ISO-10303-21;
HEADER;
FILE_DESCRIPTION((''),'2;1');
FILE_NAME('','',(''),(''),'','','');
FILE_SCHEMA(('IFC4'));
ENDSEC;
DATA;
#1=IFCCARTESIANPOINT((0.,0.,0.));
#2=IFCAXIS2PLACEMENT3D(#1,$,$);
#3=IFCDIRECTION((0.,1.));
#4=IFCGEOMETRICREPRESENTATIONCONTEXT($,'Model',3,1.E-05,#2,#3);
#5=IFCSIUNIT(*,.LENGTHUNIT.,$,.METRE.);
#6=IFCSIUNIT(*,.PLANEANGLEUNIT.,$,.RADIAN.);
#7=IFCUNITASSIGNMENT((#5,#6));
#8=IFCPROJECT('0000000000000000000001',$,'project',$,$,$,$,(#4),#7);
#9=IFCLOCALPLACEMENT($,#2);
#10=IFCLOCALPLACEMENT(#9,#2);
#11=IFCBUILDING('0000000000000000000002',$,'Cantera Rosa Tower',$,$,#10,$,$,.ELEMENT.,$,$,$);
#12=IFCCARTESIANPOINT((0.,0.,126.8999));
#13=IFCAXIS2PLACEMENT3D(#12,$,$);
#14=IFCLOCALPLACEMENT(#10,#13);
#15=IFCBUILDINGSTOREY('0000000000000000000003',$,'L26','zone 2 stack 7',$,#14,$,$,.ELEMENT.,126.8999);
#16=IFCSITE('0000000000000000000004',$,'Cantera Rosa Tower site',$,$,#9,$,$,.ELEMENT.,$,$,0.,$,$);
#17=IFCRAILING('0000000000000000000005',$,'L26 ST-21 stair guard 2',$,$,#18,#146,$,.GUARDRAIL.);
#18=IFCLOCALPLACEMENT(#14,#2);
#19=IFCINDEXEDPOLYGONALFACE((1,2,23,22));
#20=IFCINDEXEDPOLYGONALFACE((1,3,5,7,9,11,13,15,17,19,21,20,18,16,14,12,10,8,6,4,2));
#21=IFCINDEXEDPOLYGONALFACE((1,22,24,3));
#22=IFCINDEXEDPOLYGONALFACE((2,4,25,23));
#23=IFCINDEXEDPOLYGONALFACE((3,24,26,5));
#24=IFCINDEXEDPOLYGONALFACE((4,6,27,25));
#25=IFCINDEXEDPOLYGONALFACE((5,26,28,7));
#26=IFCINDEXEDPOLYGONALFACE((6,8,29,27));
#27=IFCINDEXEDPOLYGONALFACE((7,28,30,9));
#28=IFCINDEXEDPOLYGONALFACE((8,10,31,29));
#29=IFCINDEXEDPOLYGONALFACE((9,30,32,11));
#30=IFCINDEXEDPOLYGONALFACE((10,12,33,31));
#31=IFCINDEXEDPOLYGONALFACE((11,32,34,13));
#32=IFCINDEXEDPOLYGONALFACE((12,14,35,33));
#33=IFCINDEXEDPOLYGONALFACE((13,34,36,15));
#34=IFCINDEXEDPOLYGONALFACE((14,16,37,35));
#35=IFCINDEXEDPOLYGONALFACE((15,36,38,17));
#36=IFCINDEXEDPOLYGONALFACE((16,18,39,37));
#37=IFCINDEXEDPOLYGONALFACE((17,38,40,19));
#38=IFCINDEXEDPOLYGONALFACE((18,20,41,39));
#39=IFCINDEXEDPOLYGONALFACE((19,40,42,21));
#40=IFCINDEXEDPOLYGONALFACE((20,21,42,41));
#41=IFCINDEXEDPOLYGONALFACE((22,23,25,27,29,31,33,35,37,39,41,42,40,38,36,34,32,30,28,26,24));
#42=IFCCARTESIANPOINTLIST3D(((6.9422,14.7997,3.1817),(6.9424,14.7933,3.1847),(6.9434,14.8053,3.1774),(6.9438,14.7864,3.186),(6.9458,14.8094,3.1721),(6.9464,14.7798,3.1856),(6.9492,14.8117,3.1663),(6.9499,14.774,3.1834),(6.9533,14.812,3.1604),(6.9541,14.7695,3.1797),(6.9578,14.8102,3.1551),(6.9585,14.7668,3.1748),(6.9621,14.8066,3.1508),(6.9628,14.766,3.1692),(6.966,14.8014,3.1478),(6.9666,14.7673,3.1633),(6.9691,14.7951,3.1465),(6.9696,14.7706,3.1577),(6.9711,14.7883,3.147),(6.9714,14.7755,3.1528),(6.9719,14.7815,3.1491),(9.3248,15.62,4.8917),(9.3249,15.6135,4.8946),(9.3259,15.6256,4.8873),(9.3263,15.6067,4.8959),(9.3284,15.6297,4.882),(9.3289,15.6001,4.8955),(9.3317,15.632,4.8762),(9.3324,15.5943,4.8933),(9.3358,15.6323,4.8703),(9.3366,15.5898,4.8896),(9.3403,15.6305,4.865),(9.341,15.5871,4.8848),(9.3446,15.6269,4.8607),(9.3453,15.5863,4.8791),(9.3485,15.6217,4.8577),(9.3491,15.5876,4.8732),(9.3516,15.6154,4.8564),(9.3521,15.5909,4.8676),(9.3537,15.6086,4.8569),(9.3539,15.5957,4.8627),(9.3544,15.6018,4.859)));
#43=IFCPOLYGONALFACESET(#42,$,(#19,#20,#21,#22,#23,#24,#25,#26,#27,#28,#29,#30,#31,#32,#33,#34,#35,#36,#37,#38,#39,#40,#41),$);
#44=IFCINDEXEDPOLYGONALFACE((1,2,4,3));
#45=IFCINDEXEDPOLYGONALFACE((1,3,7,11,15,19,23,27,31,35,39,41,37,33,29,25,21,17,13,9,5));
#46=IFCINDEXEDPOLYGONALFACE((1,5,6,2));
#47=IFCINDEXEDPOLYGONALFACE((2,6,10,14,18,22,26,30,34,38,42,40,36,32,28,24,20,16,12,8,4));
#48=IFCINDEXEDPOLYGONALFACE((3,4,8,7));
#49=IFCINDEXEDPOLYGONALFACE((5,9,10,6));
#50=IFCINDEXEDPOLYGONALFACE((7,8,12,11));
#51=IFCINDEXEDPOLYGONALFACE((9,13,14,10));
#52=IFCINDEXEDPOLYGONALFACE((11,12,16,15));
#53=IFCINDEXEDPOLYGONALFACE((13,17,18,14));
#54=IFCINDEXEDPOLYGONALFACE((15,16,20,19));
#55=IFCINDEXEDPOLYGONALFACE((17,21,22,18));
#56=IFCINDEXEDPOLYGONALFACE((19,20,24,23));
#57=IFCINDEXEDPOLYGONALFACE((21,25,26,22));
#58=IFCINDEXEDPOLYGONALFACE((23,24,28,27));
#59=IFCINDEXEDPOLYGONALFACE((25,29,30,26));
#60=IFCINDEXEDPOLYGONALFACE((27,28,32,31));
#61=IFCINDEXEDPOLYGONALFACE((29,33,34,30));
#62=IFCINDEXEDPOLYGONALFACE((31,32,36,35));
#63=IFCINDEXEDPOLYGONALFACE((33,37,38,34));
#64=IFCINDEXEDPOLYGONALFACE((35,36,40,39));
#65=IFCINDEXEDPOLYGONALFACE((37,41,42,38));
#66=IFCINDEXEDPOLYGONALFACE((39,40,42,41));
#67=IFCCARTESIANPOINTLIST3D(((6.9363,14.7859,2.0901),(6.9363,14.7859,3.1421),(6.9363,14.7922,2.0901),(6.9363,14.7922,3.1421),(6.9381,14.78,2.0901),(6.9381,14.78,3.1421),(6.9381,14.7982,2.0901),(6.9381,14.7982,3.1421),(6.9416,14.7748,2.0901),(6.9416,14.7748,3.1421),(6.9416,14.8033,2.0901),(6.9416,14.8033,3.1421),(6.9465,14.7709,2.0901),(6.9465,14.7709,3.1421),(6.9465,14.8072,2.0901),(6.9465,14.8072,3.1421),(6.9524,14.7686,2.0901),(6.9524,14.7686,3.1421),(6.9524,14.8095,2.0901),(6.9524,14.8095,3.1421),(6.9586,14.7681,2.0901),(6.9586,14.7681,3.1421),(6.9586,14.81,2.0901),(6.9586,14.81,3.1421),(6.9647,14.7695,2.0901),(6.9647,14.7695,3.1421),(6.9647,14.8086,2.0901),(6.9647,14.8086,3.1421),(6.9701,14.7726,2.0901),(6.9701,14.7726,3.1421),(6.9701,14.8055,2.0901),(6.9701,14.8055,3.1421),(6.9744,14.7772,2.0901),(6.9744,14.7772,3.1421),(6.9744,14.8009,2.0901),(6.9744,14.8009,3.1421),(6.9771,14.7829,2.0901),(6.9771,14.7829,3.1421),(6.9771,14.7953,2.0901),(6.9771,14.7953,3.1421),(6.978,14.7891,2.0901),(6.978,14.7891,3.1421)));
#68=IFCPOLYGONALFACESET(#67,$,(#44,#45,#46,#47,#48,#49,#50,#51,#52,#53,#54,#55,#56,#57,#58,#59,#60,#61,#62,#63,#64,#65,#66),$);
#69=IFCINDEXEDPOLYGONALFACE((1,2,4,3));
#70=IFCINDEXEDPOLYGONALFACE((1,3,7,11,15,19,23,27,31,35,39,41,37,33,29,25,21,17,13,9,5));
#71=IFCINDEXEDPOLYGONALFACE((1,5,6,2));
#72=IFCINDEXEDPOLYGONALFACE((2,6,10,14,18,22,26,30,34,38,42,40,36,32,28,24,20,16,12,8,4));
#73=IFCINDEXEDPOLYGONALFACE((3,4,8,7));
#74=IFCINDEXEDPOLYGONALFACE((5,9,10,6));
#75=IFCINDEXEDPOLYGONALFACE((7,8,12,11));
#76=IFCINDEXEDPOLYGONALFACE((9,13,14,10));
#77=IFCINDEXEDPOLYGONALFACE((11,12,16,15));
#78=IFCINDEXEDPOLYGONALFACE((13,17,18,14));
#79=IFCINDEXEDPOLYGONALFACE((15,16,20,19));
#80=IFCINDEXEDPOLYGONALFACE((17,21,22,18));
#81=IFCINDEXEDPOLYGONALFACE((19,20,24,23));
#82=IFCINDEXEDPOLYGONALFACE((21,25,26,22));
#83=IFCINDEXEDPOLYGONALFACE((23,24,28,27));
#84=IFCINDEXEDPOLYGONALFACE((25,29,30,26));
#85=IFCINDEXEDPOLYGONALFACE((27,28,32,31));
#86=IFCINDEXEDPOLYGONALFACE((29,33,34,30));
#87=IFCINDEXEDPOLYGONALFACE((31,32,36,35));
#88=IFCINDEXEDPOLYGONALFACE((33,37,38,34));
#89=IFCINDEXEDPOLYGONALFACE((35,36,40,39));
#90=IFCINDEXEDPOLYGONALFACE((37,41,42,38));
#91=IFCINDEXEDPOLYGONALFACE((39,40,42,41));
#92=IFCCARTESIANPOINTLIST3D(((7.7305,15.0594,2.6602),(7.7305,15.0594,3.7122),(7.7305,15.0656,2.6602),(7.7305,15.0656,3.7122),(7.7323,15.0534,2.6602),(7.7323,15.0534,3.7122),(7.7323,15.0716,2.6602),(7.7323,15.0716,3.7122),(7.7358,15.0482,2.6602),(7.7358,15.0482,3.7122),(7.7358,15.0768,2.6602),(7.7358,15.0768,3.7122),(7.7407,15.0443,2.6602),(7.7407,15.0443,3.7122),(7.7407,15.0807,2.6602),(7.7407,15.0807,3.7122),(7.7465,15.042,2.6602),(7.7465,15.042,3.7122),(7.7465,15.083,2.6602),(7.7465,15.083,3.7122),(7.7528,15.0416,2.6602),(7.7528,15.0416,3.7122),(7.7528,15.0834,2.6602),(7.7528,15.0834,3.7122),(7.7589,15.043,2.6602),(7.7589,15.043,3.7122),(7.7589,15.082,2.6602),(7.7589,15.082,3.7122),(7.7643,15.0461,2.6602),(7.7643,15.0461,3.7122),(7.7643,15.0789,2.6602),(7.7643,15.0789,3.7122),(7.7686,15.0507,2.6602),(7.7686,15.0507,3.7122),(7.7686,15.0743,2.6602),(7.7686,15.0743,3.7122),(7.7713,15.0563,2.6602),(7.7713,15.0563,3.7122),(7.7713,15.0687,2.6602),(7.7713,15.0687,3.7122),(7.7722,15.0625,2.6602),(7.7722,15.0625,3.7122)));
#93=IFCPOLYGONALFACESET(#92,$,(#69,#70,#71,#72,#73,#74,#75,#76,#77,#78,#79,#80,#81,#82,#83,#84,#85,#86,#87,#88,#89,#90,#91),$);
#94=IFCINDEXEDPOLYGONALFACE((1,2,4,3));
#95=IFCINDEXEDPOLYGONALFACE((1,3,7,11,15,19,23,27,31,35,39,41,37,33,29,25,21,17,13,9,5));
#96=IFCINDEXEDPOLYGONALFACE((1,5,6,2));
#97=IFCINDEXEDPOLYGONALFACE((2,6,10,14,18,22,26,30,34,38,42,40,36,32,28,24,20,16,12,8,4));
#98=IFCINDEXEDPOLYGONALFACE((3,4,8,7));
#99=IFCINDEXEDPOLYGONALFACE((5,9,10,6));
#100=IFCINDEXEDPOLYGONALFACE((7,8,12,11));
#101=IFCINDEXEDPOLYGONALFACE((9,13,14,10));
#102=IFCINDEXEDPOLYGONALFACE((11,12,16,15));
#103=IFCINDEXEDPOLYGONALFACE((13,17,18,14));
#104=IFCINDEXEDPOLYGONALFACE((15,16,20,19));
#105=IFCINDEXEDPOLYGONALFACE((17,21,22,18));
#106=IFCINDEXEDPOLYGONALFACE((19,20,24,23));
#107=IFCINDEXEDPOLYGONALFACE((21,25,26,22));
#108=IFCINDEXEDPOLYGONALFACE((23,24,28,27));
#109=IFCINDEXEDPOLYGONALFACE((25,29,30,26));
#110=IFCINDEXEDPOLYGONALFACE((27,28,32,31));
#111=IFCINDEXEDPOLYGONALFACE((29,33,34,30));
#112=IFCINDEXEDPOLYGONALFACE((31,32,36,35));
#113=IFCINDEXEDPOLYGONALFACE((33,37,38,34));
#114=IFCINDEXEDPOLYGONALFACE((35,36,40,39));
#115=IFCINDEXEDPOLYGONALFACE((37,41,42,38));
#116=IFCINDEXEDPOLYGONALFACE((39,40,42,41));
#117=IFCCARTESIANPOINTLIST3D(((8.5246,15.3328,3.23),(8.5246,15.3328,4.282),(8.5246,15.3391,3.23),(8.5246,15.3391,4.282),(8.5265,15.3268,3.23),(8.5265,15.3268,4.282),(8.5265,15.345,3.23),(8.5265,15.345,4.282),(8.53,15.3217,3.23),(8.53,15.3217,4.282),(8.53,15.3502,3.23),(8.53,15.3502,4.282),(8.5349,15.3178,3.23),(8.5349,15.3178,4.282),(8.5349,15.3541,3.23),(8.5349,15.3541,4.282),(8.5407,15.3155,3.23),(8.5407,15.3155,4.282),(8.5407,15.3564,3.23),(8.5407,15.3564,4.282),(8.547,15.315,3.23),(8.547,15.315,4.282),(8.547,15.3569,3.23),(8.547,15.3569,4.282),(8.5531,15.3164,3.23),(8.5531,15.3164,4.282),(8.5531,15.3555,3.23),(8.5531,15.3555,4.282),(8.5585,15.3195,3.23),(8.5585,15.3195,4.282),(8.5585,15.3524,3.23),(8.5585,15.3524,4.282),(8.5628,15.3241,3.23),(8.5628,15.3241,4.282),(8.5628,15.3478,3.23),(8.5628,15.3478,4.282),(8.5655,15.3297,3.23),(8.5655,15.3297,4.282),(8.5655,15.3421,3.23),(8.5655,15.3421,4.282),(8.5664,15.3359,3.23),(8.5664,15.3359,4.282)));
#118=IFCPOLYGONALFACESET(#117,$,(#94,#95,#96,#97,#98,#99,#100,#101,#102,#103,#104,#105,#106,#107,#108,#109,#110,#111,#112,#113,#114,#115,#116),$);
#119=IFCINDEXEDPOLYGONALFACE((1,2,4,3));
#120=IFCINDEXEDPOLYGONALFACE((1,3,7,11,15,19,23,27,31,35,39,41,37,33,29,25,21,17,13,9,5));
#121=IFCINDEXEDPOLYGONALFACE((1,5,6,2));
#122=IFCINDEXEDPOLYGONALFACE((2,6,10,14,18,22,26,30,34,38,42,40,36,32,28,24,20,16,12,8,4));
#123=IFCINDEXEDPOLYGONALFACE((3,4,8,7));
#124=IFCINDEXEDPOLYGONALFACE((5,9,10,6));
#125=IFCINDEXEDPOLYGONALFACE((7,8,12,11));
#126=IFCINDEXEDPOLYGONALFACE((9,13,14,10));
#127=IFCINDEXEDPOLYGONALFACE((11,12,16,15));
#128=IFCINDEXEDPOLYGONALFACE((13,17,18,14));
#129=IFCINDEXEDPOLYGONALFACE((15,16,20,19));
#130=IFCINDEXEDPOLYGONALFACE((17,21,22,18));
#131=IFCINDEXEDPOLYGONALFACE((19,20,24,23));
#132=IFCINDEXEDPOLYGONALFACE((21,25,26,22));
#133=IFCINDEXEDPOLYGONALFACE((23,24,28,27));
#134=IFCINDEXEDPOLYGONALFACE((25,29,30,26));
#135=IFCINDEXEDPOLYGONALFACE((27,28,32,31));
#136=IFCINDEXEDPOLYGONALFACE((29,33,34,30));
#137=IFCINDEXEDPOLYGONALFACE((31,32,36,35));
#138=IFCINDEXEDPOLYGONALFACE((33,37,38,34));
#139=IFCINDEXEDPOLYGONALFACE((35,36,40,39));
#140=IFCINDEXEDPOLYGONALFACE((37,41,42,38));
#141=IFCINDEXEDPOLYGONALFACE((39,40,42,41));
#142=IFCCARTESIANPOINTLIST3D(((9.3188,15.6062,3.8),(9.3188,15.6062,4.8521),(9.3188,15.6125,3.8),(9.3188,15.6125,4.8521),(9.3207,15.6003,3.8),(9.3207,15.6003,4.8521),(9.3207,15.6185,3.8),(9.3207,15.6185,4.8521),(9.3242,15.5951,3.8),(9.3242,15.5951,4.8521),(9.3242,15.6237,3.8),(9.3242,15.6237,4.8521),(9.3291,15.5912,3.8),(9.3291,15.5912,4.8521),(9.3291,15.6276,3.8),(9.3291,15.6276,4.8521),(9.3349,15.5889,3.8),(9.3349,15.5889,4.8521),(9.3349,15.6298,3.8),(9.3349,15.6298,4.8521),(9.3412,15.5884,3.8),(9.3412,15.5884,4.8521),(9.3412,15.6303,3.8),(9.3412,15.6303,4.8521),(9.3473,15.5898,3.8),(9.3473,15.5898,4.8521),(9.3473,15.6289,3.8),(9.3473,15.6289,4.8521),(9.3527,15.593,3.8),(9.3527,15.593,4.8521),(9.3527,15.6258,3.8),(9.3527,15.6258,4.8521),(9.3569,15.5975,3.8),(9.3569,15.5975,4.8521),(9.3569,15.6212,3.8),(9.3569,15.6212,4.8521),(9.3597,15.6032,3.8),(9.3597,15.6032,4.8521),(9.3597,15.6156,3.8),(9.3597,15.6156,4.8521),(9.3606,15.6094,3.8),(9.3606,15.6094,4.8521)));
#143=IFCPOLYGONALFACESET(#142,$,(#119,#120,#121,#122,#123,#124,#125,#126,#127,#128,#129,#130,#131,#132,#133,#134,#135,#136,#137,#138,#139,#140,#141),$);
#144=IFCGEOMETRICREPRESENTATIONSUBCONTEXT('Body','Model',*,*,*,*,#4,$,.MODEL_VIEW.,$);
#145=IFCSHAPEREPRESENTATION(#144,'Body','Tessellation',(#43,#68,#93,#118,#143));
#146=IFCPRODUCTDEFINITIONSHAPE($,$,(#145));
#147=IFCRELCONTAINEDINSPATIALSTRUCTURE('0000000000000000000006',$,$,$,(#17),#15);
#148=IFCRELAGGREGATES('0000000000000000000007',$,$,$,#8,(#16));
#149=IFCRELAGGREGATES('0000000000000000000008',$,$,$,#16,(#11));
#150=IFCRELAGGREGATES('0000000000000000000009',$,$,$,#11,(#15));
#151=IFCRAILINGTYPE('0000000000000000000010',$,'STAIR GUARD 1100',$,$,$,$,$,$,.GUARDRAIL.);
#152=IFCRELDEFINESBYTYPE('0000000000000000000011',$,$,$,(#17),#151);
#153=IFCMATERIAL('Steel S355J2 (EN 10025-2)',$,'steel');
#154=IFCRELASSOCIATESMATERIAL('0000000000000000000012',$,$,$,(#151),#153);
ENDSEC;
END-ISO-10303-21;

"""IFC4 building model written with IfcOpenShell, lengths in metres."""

from ifc_helpers import new_model, si_unit, direction, frame, origin, origin_2d, place, context, subcontext, project, spatial, circle, extrude, material, type_object, element, save


model = new_model("IFC4")

# Units and contexts
model_context = context("Model", 3, precision=1e-05, world=origin(), true_north=direction((0.0, 1.0)))
body_context = subcontext(model_context, "Body", "Model", "MODEL_VIEW")
ifc_project = project(units=[si_unit("LENGTHUNIT", "METRE"), si_unit("PLANEANGLEUNIT", "RADIAN")], contexts=[model_context])

# Site, building, storey
site_placement = place(None, origin())
site = spatial("IfcSite", under=ifc_project, at=site_placement, Name="Cantera Rosa Tower site", CompositionType="ELEMENT", RefElevation=0.0)
building_placement = place(site_placement, origin())
building = spatial("IfcBuilding", under=site, at=building_placement, Name="Cantera Rosa Tower", CompositionType="ELEMENT")
storey_placement = place(building_placement, frame((0.0, 0.0, 126.8999)))
storey = spatial("IfcBuildingStorey", under=building, at=storey_placement, Name="L26", Description="zone 2 stack 7", CompositionType="ELEMENT", Elevation=126.8999)

# Railing
ifc_material_1 = material(Name="Steel S355J2 (EN 10025-2)", Category="steel")
railing_type_1 = type_object("IfcRailingType", Name="STAIR GUARD 1100", PredefinedType="GUARDRAIL", material=ifc_material_1)
railing_1_placement = place(storey_placement, frame((6.957, 14.7891, 2.0901)))
element("IfcRailing", 1, at=railing_1_placement, inside=storey, type_object=railing_type_1, Name="L26 ST-21 stair guard 2", PredefinedType="GUARDRAIL", context=body_context, shape_type="SweptSolid", body=[
    extrude(circle(Radius=0.0239, at=origin_2d()), frame((0.0, 0.0, 1.0762), z_axis=(0.78239, 0.269375, 0.561519), x_axis=(-0.325543, 0.945527, 0.0)), (0.0, 0.0, 1.0), 3.0452),
    extrude(circle(Radius=0.021, at=origin_2d()), origin(), (0.0, 0.0, 1.0), 1.052),
    extrude(circle(Radius=0.021, at=origin_2d()), frame((0.7942, 0.2734, 0.5701)), (0.0, 0.0, 1.0), 1.052),
    extrude(circle(Radius=0.021, at=origin_2d()), frame((1.5884, 0.5469, 1.1399)), (0.0, 0.0, 1.0), 1.052),
    extrude(circle(Radius=0.021, at=origin_2d()), frame((2.3826, 0.8203, 1.71)), (0.0, 0.0, 1.0), 1.052),
])

save(model, "model.ifc")
